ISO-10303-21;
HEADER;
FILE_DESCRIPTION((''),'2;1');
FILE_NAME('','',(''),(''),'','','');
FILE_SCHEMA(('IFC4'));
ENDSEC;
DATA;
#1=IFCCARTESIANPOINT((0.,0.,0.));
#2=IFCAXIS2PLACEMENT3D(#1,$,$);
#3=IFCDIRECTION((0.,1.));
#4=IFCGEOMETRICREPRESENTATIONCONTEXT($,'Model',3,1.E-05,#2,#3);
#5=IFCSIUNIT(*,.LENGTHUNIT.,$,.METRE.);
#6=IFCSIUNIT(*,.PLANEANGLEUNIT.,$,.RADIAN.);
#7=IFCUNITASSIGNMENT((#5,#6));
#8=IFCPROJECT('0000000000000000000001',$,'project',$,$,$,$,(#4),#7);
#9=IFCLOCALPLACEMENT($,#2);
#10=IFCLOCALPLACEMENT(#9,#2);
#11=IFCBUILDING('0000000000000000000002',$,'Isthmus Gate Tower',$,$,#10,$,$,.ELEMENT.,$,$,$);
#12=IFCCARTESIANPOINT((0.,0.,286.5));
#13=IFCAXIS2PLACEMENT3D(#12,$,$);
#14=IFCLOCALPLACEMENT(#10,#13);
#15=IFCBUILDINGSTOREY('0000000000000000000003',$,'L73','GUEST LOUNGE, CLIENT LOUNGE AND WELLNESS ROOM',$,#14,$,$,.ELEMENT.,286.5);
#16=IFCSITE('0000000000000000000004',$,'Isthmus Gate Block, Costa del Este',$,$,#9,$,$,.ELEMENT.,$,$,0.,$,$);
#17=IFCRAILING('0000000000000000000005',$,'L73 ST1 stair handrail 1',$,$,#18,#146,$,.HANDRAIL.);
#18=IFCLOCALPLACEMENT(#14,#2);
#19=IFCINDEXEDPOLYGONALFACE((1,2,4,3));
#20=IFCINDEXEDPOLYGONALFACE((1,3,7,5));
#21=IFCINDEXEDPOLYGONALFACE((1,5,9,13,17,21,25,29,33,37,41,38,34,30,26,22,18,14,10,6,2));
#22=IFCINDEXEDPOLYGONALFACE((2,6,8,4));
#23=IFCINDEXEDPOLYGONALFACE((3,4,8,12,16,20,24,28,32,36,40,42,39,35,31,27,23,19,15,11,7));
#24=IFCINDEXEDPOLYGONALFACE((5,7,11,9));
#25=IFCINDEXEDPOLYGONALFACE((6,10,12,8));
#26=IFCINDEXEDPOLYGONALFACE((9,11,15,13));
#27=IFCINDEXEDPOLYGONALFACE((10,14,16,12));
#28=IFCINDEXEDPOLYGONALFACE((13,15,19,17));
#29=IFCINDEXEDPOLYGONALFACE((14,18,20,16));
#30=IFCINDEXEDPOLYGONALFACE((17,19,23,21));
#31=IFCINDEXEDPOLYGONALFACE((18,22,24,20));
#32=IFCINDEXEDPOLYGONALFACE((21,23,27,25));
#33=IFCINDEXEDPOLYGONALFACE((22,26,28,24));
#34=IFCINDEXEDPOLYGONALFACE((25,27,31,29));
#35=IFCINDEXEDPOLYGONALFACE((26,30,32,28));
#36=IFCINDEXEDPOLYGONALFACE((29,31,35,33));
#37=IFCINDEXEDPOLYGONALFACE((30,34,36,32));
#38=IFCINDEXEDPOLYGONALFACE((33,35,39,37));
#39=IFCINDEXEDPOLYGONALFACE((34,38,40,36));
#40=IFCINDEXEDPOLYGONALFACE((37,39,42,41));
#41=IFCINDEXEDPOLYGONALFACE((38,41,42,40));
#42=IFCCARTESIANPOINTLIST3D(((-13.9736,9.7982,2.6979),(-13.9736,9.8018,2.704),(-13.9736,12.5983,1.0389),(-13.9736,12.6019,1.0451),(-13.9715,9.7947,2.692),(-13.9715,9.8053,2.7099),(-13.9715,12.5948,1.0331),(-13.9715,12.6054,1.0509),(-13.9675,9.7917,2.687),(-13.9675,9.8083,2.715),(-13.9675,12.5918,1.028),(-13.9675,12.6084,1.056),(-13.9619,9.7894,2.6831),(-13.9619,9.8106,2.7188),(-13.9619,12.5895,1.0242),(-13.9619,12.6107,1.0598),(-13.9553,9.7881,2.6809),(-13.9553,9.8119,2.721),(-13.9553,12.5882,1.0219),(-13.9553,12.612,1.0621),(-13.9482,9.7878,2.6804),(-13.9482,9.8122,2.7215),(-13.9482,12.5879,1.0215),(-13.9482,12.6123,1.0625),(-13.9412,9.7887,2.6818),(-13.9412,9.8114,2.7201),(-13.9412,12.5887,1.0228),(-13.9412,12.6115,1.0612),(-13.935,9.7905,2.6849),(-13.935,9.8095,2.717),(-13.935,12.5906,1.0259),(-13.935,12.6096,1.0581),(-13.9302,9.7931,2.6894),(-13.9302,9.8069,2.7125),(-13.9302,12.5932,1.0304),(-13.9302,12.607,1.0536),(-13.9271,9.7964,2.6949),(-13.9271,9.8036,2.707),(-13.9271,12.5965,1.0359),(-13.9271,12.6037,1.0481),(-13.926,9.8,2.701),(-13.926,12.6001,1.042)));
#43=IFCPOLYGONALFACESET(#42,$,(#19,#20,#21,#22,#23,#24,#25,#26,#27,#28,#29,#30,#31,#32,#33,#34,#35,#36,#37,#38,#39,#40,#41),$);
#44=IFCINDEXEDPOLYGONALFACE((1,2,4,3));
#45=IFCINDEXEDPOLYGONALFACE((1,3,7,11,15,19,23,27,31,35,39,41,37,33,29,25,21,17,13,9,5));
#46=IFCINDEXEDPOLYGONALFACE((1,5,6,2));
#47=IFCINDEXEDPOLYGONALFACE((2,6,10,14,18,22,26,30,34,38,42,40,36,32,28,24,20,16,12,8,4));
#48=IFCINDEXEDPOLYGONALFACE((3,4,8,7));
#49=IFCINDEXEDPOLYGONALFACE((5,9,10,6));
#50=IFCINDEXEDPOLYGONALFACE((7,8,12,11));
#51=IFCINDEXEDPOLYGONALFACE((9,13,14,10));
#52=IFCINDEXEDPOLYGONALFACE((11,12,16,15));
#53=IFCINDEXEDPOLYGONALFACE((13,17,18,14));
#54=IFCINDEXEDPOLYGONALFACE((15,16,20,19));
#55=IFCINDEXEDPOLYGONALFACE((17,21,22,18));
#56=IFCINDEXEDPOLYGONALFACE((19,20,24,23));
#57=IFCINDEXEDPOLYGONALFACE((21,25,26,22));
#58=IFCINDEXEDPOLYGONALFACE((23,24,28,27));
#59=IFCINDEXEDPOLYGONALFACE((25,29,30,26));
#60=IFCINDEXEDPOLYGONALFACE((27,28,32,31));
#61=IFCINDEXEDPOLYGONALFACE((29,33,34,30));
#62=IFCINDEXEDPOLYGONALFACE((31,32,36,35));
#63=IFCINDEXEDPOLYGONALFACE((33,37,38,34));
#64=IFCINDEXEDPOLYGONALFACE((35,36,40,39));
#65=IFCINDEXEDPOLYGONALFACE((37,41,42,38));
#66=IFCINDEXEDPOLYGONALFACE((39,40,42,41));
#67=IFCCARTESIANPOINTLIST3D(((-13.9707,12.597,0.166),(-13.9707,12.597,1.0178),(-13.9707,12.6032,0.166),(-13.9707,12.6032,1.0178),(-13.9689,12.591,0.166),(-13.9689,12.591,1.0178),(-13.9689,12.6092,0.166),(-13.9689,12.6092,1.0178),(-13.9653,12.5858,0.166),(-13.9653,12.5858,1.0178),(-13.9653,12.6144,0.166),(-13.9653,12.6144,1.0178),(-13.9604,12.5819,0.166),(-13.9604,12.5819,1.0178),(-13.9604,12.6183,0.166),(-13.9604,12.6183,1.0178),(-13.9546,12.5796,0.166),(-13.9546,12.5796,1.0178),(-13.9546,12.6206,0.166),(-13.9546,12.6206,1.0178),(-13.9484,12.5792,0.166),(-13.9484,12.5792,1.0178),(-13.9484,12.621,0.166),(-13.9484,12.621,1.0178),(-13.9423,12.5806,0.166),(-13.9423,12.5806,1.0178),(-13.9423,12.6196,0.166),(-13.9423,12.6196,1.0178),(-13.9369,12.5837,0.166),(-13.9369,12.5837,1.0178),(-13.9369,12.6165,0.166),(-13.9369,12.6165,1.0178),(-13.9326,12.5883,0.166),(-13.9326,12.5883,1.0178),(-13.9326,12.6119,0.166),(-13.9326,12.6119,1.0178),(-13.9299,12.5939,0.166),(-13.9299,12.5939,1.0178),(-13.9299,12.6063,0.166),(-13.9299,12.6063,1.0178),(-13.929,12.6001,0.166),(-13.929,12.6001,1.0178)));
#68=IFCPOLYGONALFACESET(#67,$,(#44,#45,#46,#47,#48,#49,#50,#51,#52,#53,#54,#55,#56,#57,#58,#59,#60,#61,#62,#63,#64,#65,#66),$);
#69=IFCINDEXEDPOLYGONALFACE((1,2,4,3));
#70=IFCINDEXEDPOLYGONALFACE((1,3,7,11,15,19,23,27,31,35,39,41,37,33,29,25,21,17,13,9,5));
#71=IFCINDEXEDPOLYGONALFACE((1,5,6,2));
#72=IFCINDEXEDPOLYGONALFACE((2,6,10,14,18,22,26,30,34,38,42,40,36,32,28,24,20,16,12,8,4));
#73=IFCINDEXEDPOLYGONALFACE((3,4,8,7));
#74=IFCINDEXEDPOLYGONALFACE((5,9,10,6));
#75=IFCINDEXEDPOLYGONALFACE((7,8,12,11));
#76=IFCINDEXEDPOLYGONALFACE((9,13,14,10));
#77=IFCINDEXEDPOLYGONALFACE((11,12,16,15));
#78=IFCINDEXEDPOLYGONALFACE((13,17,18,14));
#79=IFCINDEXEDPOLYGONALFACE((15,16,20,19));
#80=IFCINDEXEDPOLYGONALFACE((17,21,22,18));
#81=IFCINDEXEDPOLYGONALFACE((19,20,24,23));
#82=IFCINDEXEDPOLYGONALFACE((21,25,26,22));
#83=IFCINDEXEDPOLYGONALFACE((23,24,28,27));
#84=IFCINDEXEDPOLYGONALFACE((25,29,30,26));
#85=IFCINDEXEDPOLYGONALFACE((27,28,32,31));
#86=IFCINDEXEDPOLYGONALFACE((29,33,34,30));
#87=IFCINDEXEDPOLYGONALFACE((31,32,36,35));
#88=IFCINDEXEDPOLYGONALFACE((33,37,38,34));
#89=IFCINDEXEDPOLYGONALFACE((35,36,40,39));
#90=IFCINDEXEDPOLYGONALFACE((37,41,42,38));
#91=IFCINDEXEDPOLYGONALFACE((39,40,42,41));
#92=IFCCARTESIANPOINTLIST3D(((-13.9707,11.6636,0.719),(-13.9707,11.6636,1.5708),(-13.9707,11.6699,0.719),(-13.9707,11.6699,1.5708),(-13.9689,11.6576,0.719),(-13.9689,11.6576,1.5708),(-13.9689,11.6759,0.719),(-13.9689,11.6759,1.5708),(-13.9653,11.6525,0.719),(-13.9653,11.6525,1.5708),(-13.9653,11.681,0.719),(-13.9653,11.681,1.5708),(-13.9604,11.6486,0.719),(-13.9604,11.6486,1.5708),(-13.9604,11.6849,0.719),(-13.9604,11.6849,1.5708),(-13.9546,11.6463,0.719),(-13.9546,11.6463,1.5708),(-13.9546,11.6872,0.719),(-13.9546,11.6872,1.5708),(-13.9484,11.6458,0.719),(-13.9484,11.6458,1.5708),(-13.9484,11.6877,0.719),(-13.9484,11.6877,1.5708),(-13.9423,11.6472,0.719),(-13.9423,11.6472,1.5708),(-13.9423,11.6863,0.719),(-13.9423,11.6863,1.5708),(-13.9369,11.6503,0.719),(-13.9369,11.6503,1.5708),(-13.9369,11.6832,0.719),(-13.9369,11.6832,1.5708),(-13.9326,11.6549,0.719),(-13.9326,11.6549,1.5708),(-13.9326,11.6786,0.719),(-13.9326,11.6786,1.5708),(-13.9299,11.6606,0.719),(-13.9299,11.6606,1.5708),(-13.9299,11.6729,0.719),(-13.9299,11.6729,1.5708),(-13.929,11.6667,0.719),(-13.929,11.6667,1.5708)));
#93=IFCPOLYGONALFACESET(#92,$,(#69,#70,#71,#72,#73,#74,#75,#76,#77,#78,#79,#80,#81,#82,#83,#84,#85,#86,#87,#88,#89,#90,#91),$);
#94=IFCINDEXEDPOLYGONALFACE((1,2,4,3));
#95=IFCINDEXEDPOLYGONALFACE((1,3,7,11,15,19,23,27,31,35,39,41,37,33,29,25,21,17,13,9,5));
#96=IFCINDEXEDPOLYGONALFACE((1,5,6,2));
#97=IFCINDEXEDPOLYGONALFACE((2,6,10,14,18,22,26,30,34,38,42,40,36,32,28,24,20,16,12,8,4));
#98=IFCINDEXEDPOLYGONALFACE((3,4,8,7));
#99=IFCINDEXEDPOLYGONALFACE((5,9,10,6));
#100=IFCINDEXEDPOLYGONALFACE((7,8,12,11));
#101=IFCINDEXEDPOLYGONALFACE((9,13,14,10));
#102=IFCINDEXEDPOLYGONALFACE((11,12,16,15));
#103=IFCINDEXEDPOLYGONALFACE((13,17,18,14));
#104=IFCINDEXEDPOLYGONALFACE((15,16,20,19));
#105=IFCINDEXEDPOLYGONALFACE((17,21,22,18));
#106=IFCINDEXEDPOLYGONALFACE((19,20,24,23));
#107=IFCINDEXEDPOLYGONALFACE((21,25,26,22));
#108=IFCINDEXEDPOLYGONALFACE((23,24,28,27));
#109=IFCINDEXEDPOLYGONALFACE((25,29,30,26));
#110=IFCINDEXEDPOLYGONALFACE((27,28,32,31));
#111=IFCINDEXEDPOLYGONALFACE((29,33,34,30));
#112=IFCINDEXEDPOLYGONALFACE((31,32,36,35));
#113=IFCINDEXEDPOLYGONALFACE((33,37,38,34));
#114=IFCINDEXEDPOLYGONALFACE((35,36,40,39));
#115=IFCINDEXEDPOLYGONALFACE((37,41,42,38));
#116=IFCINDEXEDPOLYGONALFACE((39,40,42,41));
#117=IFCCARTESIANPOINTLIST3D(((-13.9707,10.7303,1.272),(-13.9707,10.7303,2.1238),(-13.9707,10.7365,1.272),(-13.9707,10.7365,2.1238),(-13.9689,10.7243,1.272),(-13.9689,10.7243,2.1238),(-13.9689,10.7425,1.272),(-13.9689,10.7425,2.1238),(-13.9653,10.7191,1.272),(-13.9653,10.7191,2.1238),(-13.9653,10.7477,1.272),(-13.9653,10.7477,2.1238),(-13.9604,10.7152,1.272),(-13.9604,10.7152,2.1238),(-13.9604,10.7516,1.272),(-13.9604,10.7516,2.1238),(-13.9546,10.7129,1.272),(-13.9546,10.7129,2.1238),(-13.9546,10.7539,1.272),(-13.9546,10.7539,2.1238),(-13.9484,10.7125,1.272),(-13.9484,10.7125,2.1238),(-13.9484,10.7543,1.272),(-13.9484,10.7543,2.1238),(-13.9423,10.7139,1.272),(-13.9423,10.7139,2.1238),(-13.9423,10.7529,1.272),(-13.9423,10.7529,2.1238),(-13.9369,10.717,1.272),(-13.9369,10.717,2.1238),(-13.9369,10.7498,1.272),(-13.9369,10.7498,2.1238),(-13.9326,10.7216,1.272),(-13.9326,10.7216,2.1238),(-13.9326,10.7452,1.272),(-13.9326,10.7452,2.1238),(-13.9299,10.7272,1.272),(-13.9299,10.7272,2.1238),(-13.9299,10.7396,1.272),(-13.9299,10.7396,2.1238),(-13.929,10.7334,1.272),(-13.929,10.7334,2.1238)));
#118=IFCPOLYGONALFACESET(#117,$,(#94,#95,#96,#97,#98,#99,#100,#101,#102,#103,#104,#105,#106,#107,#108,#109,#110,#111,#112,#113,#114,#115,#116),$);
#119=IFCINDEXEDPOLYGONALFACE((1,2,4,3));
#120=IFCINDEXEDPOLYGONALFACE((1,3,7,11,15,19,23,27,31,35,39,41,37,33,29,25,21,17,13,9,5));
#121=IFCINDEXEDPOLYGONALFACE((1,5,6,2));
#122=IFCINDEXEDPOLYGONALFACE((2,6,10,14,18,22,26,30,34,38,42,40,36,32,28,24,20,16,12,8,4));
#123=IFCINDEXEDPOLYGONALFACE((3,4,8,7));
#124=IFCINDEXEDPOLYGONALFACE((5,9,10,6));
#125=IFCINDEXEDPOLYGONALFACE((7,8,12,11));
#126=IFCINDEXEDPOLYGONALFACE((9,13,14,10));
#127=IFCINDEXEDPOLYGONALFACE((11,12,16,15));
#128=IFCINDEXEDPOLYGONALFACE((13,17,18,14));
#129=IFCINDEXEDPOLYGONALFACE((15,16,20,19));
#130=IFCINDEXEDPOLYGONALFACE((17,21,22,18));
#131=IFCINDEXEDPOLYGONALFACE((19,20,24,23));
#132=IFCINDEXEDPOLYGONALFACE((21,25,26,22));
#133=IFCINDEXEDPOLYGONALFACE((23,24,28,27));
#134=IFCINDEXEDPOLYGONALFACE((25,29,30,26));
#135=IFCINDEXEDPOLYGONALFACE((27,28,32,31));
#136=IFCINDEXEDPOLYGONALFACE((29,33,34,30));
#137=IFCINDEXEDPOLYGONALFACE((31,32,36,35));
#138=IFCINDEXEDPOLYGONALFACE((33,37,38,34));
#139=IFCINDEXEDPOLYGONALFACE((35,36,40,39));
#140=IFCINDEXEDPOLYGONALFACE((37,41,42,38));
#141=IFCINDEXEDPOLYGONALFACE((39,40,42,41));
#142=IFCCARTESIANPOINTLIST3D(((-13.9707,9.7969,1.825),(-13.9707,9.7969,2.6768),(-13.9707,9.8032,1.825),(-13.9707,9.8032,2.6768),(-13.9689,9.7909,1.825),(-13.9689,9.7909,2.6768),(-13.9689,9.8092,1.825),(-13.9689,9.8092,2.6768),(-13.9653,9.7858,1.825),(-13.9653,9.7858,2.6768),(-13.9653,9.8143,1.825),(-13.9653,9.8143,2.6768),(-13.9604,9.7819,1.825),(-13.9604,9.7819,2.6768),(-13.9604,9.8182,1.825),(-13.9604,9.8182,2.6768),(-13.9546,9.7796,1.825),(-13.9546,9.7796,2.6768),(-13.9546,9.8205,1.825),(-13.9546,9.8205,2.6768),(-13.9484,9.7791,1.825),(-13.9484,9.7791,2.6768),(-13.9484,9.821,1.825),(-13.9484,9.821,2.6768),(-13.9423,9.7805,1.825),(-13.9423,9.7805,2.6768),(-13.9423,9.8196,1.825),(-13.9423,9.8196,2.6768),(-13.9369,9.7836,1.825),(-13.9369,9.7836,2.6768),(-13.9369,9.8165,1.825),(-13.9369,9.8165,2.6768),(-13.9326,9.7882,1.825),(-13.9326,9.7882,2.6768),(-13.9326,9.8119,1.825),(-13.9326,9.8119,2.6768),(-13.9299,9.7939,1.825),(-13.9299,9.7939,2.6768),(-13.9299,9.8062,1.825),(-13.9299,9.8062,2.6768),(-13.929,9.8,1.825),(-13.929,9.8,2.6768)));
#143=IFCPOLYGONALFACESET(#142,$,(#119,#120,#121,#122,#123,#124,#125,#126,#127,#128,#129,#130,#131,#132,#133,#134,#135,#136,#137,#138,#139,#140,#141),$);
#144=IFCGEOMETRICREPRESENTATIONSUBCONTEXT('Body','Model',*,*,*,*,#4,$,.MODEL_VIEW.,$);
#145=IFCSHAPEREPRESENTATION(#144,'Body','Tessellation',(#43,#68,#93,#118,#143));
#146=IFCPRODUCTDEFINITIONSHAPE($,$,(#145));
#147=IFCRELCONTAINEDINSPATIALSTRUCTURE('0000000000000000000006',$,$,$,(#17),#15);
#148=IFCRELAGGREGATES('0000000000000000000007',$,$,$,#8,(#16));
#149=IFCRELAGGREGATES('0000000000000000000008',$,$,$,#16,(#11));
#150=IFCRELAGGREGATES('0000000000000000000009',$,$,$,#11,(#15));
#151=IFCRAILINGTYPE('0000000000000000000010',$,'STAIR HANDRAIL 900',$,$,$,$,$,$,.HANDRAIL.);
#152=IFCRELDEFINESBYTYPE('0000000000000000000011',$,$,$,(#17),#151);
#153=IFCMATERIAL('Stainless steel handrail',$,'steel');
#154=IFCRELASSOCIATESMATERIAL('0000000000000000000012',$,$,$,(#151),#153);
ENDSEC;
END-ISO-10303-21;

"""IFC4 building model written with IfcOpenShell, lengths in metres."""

from ifc_helpers import new_model, si_unit, direction, frame, origin, origin_2d, place, context, subcontext, project, spatial, circle, extrude, material, type_object, element, save


model = new_model("IFC4")

# Units and contexts
model_context = context("Model", 3, precision=1e-05, world=origin(), true_north=direction((0.0, 1.0)))
body_context = subcontext(model_context, "Body", "Model", "MODEL_VIEW")
ifc_project = project(units=[si_unit("LENGTHUNIT", "METRE"), si_unit("PLANEANGLEUNIT", "RADIAN")], contexts=[model_context])

# Site, building, storey
site_placement = place(None, origin())
site = spatial("IfcSite", under=ifc_project, at=site_placement, Name="Isthmus Gate Block, Costa del Este", CompositionType="ELEMENT", RefElevation=0.0)
building_placement = place(site_placement, origin())
building = spatial("IfcBuilding", under=site, at=building_placement, Name="Isthmus Gate Tower", CompositionType="ELEMENT")
storey_placement = place(building_placement, frame((0.0, 0.0, 286.5)))
storey = spatial("IfcBuildingStorey", under=building, at=storey_placement, Name="L73", Description="GUEST LOUNGE, CLIENT LOUNGE AND WELLNESS ROOM", CompositionType="ELEMENT", Elevation=286.5)

# Railing
ifc_material_1 = material(Name="Stainless steel handrail", Category="steel")
railing_type = type_object("IfcRailingType", Name="STAIR HANDRAIL 900", PredefinedType="HANDRAIL", material=ifc_material_1)
for number, where, name in (
    (1, (-13.95, 12.6001, 0.166), "L73 ST1 stair handrail 1"),
):
    element("IfcRailing", number, at=place(storey_placement, frame(where)), inside=storey, type_object=railing_type, Name=name, PredefinedType="HANDRAIL", context=body_context, shape_type="SweptSolid", body=[
        extrude(circle(Radius=0.0239, at=origin_2d()), frame((0.0, 0.0, 0.876), z_axis=(0.0, -0.860339, 0.509722), x_axis=(1.0, 0.0, 0.0)), (0.0, 0.0, 1.0), 3.2546),
        extrude(circle(Radius=0.021, at=origin_2d()), origin(), (0.0, 0.0, 1.0), 0.8518),
        extrude(circle(Radius=0.021, at=origin_2d()), frame((0.0, -0.9333, 0.553)), (0.0, 0.0, 1.0), 0.8518),
        extrude(circle(Radius=0.021, at=origin_2d()), frame((0.0, -1.8667, 1.106)), (0.0, 0.0, 1.0), 0.8518),
        extrude(circle(Radius=0.021, at=origin_2d()), frame((0.0, -2.8, 1.6589)), (0.0, 0.0, 1.0), 0.8518),
    ])

save(model, "model.ifc")
